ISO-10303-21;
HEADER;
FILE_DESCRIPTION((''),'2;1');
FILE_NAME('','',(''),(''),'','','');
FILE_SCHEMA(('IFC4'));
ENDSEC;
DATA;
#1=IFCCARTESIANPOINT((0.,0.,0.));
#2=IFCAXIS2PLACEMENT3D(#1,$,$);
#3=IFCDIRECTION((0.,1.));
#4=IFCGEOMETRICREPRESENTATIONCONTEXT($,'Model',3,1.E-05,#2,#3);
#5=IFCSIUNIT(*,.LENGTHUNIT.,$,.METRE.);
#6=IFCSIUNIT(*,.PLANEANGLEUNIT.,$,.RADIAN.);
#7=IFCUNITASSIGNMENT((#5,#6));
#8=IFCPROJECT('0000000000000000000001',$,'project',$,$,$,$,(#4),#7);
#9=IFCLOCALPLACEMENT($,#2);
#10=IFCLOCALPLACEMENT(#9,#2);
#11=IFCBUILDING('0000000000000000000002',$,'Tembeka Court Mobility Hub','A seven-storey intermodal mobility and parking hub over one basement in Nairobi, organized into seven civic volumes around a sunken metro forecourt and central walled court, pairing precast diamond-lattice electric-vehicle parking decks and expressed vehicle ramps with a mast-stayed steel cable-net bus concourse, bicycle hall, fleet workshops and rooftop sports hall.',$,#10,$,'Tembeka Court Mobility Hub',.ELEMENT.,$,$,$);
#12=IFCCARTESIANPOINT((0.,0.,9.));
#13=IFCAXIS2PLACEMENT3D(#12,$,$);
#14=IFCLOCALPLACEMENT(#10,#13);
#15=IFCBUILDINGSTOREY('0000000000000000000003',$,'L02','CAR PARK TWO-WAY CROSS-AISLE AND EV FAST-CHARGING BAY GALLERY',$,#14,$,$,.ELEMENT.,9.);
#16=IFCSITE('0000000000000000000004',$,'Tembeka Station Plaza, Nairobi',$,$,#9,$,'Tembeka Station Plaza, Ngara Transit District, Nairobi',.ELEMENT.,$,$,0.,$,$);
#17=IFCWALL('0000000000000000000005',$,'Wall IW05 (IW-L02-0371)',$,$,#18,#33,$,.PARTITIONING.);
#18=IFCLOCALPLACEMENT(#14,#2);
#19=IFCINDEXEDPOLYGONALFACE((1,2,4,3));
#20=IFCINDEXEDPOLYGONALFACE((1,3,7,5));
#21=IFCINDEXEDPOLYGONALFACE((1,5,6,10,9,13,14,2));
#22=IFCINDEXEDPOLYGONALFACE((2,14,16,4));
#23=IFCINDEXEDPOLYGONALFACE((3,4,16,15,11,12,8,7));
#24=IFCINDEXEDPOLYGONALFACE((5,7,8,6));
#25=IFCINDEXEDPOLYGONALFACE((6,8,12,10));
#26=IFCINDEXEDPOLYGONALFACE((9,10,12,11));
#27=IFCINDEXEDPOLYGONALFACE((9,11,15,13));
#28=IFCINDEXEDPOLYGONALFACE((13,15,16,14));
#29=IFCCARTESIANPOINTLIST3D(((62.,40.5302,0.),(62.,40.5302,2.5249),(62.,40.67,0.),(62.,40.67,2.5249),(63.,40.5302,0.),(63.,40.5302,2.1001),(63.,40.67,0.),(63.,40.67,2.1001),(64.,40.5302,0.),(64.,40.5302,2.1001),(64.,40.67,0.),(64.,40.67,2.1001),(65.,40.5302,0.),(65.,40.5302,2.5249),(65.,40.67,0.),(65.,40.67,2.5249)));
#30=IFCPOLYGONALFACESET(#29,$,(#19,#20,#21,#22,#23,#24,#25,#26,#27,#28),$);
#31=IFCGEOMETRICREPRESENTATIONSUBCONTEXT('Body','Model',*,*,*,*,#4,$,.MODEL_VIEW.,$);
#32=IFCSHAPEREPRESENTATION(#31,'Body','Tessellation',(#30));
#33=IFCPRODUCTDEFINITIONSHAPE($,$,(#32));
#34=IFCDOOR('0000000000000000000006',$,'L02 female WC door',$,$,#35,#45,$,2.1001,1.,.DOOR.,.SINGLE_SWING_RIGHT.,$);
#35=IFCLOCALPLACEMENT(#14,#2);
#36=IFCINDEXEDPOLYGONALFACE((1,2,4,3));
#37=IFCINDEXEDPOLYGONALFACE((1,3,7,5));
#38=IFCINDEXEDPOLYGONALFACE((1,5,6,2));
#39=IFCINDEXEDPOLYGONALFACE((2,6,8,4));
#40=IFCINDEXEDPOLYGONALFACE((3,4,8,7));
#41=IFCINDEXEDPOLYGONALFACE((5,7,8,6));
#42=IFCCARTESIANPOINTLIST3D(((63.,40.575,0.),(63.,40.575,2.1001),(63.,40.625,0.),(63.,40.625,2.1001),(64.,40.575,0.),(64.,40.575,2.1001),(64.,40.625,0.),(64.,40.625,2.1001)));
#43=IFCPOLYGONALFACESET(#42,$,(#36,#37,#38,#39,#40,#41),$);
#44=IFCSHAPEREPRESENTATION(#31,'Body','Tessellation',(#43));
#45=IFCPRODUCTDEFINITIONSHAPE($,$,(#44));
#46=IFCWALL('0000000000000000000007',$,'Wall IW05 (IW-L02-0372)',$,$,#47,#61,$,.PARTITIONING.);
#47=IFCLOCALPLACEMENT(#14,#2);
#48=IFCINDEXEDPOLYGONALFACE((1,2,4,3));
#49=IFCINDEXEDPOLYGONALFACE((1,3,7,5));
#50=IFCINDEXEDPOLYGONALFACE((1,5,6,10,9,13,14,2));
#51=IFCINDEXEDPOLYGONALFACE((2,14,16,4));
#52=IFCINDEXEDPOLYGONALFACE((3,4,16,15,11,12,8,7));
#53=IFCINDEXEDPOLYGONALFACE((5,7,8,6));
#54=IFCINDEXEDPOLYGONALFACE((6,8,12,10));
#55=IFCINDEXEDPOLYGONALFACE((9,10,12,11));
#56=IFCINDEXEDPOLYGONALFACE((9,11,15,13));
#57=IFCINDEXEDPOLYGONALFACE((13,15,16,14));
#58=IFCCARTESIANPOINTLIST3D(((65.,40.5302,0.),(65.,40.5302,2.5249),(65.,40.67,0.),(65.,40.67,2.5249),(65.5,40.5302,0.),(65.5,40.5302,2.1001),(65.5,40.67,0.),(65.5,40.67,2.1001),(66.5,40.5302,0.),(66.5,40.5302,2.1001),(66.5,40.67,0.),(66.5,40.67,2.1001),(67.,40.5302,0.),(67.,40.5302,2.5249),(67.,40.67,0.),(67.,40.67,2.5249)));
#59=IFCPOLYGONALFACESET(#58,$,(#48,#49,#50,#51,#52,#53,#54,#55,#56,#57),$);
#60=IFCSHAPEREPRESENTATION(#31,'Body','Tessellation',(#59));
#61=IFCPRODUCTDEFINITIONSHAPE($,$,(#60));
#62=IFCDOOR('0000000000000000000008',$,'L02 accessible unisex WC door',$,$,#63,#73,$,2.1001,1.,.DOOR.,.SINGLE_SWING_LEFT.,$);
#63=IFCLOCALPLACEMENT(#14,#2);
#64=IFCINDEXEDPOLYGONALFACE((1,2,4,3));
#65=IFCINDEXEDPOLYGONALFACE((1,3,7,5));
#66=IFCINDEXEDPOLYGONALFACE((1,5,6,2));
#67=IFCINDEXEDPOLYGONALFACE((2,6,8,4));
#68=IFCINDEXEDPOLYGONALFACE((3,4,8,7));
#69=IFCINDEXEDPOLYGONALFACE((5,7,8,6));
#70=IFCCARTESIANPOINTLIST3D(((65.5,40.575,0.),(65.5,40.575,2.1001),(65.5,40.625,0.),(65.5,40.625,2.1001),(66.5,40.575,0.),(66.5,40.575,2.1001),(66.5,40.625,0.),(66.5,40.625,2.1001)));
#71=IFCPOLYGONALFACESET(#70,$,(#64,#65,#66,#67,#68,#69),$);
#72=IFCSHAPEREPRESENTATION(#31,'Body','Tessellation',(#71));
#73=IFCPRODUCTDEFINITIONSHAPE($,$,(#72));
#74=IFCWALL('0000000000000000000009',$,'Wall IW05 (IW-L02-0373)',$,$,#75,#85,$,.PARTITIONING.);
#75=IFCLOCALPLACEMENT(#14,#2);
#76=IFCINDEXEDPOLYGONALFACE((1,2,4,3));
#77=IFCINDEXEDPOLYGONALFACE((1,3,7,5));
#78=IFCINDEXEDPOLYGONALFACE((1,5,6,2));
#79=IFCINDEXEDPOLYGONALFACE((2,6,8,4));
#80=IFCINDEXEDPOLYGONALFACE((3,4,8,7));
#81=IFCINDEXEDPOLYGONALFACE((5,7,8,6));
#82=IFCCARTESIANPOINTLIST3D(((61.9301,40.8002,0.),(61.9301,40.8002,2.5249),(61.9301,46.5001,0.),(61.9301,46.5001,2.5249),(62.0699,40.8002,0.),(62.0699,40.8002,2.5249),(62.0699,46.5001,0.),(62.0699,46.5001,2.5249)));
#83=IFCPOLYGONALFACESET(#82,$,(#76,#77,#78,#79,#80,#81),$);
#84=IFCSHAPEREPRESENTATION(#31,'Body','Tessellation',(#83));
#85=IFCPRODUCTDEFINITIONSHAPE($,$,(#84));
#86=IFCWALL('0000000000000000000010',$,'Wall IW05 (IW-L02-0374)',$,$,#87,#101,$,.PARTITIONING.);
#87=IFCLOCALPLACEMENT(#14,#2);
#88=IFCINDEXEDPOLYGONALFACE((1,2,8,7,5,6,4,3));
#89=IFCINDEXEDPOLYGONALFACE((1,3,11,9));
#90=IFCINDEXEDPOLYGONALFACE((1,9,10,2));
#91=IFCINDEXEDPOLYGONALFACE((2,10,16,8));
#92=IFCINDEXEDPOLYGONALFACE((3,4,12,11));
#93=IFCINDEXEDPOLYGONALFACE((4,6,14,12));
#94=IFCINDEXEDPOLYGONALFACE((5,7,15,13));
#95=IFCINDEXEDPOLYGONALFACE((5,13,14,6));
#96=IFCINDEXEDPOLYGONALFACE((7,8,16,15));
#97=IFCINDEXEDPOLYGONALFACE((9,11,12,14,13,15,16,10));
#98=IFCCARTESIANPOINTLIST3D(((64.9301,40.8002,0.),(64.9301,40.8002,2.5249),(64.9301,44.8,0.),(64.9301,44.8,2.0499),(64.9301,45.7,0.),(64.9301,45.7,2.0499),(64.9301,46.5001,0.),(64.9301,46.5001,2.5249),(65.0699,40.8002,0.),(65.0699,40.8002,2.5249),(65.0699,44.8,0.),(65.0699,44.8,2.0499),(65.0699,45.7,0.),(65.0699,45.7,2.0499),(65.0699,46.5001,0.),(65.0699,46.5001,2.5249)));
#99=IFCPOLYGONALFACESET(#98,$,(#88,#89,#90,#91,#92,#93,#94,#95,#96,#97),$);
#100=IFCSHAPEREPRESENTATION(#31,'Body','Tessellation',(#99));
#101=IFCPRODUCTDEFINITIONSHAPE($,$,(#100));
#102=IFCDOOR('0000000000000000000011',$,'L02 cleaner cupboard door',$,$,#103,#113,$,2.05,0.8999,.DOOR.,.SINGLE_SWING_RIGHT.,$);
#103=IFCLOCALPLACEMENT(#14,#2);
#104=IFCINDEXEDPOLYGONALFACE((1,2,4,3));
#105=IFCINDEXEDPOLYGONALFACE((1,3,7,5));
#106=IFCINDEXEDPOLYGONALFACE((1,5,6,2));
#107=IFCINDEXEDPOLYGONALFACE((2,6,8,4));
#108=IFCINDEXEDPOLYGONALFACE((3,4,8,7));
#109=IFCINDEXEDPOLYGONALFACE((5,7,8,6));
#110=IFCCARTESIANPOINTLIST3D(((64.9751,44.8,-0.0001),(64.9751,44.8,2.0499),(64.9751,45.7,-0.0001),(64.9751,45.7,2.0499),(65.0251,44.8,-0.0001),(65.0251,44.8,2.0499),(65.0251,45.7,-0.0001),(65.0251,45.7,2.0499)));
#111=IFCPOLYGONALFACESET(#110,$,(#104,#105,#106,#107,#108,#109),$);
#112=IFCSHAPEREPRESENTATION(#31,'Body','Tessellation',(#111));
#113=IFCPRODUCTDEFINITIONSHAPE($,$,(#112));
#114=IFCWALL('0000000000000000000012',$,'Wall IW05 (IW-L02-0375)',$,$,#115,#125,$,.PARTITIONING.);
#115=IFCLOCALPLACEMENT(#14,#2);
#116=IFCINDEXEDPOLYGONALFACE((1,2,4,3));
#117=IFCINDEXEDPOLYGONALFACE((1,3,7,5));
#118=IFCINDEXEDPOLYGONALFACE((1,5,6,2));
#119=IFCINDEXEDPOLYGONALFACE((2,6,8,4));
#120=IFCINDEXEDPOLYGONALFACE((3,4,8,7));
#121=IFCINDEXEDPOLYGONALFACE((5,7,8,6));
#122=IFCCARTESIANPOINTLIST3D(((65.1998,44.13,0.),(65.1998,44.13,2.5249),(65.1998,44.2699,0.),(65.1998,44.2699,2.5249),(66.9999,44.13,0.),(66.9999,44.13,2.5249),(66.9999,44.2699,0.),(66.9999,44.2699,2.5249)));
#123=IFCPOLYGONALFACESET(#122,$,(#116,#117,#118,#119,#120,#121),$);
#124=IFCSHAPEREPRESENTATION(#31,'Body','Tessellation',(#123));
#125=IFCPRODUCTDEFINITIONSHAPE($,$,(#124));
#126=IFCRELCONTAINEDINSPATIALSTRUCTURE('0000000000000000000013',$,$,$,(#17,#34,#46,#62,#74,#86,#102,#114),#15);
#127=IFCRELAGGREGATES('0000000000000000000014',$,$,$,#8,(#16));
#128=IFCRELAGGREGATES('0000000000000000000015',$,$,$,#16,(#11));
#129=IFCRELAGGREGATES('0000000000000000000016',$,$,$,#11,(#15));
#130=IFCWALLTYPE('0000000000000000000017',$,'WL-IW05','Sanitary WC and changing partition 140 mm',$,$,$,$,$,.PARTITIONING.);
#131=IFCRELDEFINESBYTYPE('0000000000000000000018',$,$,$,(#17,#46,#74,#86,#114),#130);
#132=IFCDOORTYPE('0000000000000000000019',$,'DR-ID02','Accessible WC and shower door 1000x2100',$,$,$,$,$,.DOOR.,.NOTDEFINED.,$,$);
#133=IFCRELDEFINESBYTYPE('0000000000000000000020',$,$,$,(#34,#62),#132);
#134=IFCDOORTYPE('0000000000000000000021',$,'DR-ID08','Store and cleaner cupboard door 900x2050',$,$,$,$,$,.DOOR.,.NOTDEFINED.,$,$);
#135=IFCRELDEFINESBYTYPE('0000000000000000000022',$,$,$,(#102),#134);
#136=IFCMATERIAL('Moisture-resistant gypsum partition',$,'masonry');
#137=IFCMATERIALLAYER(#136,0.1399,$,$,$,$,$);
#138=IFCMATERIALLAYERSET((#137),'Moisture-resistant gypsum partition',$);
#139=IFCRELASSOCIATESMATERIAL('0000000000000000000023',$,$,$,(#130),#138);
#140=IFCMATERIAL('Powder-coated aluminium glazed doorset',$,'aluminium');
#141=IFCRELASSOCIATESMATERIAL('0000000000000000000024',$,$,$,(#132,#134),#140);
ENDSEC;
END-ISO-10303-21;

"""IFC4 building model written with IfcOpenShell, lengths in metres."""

from ifc_helpers import new_model, si_unit, direction, frame, frame_2d, origin, place, context, subcontext, project, spatial, rectangle, extrude, material, layer, layer_set, type_object, element, fill, save


model = new_model("IFC4")

# Units and contexts
model_context = context("Model", 3, precision=1e-05, world=origin(), true_north=direction((0.0, 1.0)))
body_context = subcontext(model_context, "Body", "Model", "MODEL_VIEW")
ifc_project = project(units=[si_unit("LENGTHUNIT", "METRE"), si_unit("PLANEANGLEUNIT", "RADIAN")], contexts=[model_context])

# Site, building, storey
site_placement = place(None, origin())
site = spatial("IfcSite", under=ifc_project, at=site_placement, Name="Tembeka Station Plaza, Nairobi", LongName="Tembeka Station Plaza, Ngara Transit District, Nairobi", CompositionType="ELEMENT", RefElevation=0.0)
building_placement = place(site_placement, origin())
building = spatial("IfcBuilding", under=site, at=building_placement, Name="Tembeka Court Mobility Hub", Description="A seven-storey intermodal mobility and parking hub over one basement in Nairobi, organized into seven civic volumes around a sunken metro forecourt and central walled court, pairing precast diamond-lattice electric-vehicle parking decks and expressed vehicle ramps with a mast-stayed steel cable-net bus concourse, bicycle hall, fleet workshops and rooftop sports hall.", LongName="Tembeka Court Mobility Hub", CompositionType="ELEMENT")
storey_placement = place(building_placement, frame((0.0, 0.0, 9.0)))
storey = spatial("IfcBuildingStorey", under=building, at=storey_placement, Name="L02", Description="CAR PARK TWO-WAY CROSS-AISLE AND EV FAST-CHARGING BAY GALLERY", CompositionType="ELEMENT", Elevation=9.0)

# Walls, openings, doors
ifc_material_1 = material(Name="Moisture-resistant gypsum partition", Category="masonry")
ifc_layer_1 = layer(ifc_material_1, 0.1399)
ifc_layer_set_1 = layer_set([ifc_layer_1], Name="Moisture-resistant gypsum partition")
wall_type_1 = type_object("IfcWallType", Name="WL-IW05", Description="Sanitary WC and changing partition 140 mm", PredefinedType="PARTITIONING", material=ifc_layer_set_1)
ifc_material_2 = material(Name="Powder-coated aluminium glazed doorset", Category="aluminium")
door_type_1 = type_object("IfcDoorType", Name="DR-ID02", Description="Accessible WC and shower door 1000x2100", OperationType="NOTDEFINED", PredefinedType="DOOR", material=ifc_material_2)
wall_1_placement = place(storey_placement, frame((62.0, 40.6001, 0.0), z_axis=(0.0, 0.0, 1.0), x_axis=(1.0, 0.0, 0.0)))
wall_1 = element("IfcWall", 1, at=wall_1_placement, inside=storey, type_object=wall_type_1, Name="Wall IW05 (IW-L02-0371)", PredefinedType="PARTITIONING", context=body_context, shape_type="SweptSolid", body=[
    extrude(rectangle(XDim=3.0, YDim=0.1399, at=frame_2d((1.5, 0.0))), origin(), (0.0, 0.0, 1.0), 2.5249),
])
opening_1_placement = place(wall_1_placement, frame((1.0, 0.0, 0.0)))
opening_1 = element("IfcOpeningElement", 2, at=opening_1_placement, cuts=wall_1, PredefinedType="OPENING", context=body_context, shape_type="SweptSolid", body=[
    extrude(rectangle(XDim=1.0, YDim=2.1001, at=frame_2d((0.5, 1.05))), frame((0.0, 0.0801, 0.0), z_axis=(0.0, -1.0, 0.0), x_axis=(1.0, 0.0, 0.0)), (0.0, 0.0, 1.0), 0.1599),
])
door_1_placement = place(opening_1_placement, origin())
door_1 = element("IfcDoor", 3, at=door_1_placement, inside=storey, type_object=door_type_1, Name="L02 female WC door", OperationType="SINGLE_SWING_RIGHT", OverallHeight=2.1001, OverallWidth=1.0, PredefinedType="DOOR", context=body_context, shape_type="SweptSolid", body=[
    extrude(rectangle(XDim=1.0, YDim=2.1001, at=frame_2d((0.5, 1.05))), frame((0.0, 0.0249, 0.0), z_axis=(0.0, -1.0, 0.0), x_axis=(1.0, 0.0, 0.0)), (0.0, 0.0, 1.0), 0.05),
])
fill(opening_1, door_1)
wall_2_placement = place(storey_placement, frame((65.0, 40.6001, 0.0), z_axis=(0.0, 0.0, 1.0), x_axis=(1.0, 0.0, 0.0)))
wall_2 = element("IfcWall", 4, at=wall_2_placement, inside=storey, type_object=wall_type_1, Name="Wall IW05 (IW-L02-0372)", PredefinedType="PARTITIONING", context=body_context, shape_type="SweptSolid", body=[
    extrude(rectangle(XDim=2.0, YDim=0.1399, at=frame_2d((1.0, 0.0))), origin(), (0.0, 0.0, 1.0), 2.5249),
])
opening_2_placement = place(wall_2_placement, frame((0.5, 0.0, 0.0)))
opening_2 = element("IfcOpeningElement", 5, at=opening_2_placement, cuts=wall_2, PredefinedType="OPENING", context=body_context, shape_type="SweptSolid", body=[
    extrude(rectangle(XDim=1.0, YDim=2.1001, at=frame_2d((0.5, 1.05))), frame((0.0, 0.0801, 0.0), z_axis=(0.0, -1.0, 0.0), x_axis=(1.0, 0.0, 0.0)), (0.0, 0.0, 1.0), 0.1599),
])
door_2_placement = place(opening_2_placement, origin())
door_2 = element("IfcDoor", 6, at=door_2_placement, inside=storey, type_object=door_type_1, Name="L02 accessible unisex WC door", OperationType="SINGLE_SWING_LEFT", OverallHeight=2.1001, OverallWidth=1.0, PredefinedType="DOOR", context=body_context, shape_type="SweptSolid", body=[
    extrude(rectangle(XDim=1.0, YDim=2.1001, at=frame_2d((0.5, 1.05))), frame((0.0, 0.0249, 0.0), z_axis=(0.0, -1.0, 0.0), x_axis=(1.0, 0.0, 0.0)), (0.0, 0.0, 1.0), 0.05),
])
fill(opening_2, door_2)

# Wall
wall_3_placement = place(storey_placement, frame((62.0, 40.8, 0.0), z_axis=(0.0, 0.0, 1.0), x_axis=(0.0, 1.0, 0.0)))
element("IfcWall", 7, at=wall_3_placement, inside=storey, type_object=wall_type_1, Name="Wall IW05 (IW-L02-0373)", PredefinedType="PARTITIONING", context=body_context, shape_type="SweptSolid", body=[
    extrude(rectangle(XDim=5.7, YDim=0.1399, at=frame_2d((2.8501, 0.0))), origin(), (0.0, 0.0, 1.0), 2.5249),
])

# Wall, opening, door
wall_4_placement = place(storey_placement, frame((65.0, 40.8, 0.0), z_axis=(0.0, 0.0, 1.0), x_axis=(0.0, 1.0, 0.0)))
wall_4 = element("IfcWall", 8, at=wall_4_placement, inside=storey, type_object=wall_type_1, Name="Wall IW05 (IW-L02-0374)", PredefinedType="PARTITIONING", context=body_context, shape_type="SweptSolid", body=[
    extrude(rectangle(XDim=5.7, YDim=0.1399, at=frame_2d((2.8501, 0.0))), origin(), (0.0, 0.0, 1.0), 2.5249),
])
opening_3_placement = place(wall_4_placement, frame((4.0, 0.0, 0.0)))
opening_3 = element("IfcOpeningElement", 9, at=opening_3_placement, cuts=wall_4, PredefinedType="OPENING", context=body_context, shape_type="SweptSolid", body=[
    extrude(rectangle(XDim=0.8999, YDim=2.05, at=frame_2d((0.45, 1.0249))), frame((0.0, 0.0801, 0.0), z_axis=(0.0, -1.0, 0.0), x_axis=(1.0, 0.0, 0.0)), (0.0, 0.0, 1.0), 0.1599),
])
door_type_2 = type_object("IfcDoorType", Name="DR-ID08", Description="Store and cleaner cupboard door 900x2050", OperationType="NOTDEFINED", PredefinedType="DOOR", material=ifc_material_2)
door_3_placement = place(opening_3_placement, origin())
door_3 = element("IfcDoor", 10, at=door_3_placement, inside=storey, type_object=door_type_2, Name="L02 cleaner cupboard door", OperationType="SINGLE_SWING_RIGHT", OverallHeight=2.05, OverallWidth=0.8999, PredefinedType="DOOR", context=body_context, shape_type="SweptSolid", body=[
    extrude(rectangle(XDim=0.8999, YDim=2.05, at=frame_2d((0.45, 1.0249))), frame((0.0, 0.0249, 0.0), z_axis=(0.0, -1.0, 0.0), x_axis=(1.0, 0.0, 0.0)), (0.0, 0.0, 1.0), 0.05),
])
fill(opening_3, door_3)

# Wall
wall_5_placement = place(storey_placement, frame((65.2, 44.2, 0.0), z_axis=(0.0, 0.0, 1.0), x_axis=(1.0, 0.0, 0.0)))
element("IfcWall", 11, at=wall_5_placement, inside=storey, type_object=wall_type_1, Name="Wall IW05 (IW-L02-0375)", PredefinedType="PARTITIONING", context=body_context, shape_type="SweptSolid", body=[
    extrude(rectangle(XDim=1.8, YDim=0.1399, at=frame_2d((0.8999, 0.0))), origin(), (0.0, 0.0, 1.0), 2.5249),
])

save(model, "model.ifc")
